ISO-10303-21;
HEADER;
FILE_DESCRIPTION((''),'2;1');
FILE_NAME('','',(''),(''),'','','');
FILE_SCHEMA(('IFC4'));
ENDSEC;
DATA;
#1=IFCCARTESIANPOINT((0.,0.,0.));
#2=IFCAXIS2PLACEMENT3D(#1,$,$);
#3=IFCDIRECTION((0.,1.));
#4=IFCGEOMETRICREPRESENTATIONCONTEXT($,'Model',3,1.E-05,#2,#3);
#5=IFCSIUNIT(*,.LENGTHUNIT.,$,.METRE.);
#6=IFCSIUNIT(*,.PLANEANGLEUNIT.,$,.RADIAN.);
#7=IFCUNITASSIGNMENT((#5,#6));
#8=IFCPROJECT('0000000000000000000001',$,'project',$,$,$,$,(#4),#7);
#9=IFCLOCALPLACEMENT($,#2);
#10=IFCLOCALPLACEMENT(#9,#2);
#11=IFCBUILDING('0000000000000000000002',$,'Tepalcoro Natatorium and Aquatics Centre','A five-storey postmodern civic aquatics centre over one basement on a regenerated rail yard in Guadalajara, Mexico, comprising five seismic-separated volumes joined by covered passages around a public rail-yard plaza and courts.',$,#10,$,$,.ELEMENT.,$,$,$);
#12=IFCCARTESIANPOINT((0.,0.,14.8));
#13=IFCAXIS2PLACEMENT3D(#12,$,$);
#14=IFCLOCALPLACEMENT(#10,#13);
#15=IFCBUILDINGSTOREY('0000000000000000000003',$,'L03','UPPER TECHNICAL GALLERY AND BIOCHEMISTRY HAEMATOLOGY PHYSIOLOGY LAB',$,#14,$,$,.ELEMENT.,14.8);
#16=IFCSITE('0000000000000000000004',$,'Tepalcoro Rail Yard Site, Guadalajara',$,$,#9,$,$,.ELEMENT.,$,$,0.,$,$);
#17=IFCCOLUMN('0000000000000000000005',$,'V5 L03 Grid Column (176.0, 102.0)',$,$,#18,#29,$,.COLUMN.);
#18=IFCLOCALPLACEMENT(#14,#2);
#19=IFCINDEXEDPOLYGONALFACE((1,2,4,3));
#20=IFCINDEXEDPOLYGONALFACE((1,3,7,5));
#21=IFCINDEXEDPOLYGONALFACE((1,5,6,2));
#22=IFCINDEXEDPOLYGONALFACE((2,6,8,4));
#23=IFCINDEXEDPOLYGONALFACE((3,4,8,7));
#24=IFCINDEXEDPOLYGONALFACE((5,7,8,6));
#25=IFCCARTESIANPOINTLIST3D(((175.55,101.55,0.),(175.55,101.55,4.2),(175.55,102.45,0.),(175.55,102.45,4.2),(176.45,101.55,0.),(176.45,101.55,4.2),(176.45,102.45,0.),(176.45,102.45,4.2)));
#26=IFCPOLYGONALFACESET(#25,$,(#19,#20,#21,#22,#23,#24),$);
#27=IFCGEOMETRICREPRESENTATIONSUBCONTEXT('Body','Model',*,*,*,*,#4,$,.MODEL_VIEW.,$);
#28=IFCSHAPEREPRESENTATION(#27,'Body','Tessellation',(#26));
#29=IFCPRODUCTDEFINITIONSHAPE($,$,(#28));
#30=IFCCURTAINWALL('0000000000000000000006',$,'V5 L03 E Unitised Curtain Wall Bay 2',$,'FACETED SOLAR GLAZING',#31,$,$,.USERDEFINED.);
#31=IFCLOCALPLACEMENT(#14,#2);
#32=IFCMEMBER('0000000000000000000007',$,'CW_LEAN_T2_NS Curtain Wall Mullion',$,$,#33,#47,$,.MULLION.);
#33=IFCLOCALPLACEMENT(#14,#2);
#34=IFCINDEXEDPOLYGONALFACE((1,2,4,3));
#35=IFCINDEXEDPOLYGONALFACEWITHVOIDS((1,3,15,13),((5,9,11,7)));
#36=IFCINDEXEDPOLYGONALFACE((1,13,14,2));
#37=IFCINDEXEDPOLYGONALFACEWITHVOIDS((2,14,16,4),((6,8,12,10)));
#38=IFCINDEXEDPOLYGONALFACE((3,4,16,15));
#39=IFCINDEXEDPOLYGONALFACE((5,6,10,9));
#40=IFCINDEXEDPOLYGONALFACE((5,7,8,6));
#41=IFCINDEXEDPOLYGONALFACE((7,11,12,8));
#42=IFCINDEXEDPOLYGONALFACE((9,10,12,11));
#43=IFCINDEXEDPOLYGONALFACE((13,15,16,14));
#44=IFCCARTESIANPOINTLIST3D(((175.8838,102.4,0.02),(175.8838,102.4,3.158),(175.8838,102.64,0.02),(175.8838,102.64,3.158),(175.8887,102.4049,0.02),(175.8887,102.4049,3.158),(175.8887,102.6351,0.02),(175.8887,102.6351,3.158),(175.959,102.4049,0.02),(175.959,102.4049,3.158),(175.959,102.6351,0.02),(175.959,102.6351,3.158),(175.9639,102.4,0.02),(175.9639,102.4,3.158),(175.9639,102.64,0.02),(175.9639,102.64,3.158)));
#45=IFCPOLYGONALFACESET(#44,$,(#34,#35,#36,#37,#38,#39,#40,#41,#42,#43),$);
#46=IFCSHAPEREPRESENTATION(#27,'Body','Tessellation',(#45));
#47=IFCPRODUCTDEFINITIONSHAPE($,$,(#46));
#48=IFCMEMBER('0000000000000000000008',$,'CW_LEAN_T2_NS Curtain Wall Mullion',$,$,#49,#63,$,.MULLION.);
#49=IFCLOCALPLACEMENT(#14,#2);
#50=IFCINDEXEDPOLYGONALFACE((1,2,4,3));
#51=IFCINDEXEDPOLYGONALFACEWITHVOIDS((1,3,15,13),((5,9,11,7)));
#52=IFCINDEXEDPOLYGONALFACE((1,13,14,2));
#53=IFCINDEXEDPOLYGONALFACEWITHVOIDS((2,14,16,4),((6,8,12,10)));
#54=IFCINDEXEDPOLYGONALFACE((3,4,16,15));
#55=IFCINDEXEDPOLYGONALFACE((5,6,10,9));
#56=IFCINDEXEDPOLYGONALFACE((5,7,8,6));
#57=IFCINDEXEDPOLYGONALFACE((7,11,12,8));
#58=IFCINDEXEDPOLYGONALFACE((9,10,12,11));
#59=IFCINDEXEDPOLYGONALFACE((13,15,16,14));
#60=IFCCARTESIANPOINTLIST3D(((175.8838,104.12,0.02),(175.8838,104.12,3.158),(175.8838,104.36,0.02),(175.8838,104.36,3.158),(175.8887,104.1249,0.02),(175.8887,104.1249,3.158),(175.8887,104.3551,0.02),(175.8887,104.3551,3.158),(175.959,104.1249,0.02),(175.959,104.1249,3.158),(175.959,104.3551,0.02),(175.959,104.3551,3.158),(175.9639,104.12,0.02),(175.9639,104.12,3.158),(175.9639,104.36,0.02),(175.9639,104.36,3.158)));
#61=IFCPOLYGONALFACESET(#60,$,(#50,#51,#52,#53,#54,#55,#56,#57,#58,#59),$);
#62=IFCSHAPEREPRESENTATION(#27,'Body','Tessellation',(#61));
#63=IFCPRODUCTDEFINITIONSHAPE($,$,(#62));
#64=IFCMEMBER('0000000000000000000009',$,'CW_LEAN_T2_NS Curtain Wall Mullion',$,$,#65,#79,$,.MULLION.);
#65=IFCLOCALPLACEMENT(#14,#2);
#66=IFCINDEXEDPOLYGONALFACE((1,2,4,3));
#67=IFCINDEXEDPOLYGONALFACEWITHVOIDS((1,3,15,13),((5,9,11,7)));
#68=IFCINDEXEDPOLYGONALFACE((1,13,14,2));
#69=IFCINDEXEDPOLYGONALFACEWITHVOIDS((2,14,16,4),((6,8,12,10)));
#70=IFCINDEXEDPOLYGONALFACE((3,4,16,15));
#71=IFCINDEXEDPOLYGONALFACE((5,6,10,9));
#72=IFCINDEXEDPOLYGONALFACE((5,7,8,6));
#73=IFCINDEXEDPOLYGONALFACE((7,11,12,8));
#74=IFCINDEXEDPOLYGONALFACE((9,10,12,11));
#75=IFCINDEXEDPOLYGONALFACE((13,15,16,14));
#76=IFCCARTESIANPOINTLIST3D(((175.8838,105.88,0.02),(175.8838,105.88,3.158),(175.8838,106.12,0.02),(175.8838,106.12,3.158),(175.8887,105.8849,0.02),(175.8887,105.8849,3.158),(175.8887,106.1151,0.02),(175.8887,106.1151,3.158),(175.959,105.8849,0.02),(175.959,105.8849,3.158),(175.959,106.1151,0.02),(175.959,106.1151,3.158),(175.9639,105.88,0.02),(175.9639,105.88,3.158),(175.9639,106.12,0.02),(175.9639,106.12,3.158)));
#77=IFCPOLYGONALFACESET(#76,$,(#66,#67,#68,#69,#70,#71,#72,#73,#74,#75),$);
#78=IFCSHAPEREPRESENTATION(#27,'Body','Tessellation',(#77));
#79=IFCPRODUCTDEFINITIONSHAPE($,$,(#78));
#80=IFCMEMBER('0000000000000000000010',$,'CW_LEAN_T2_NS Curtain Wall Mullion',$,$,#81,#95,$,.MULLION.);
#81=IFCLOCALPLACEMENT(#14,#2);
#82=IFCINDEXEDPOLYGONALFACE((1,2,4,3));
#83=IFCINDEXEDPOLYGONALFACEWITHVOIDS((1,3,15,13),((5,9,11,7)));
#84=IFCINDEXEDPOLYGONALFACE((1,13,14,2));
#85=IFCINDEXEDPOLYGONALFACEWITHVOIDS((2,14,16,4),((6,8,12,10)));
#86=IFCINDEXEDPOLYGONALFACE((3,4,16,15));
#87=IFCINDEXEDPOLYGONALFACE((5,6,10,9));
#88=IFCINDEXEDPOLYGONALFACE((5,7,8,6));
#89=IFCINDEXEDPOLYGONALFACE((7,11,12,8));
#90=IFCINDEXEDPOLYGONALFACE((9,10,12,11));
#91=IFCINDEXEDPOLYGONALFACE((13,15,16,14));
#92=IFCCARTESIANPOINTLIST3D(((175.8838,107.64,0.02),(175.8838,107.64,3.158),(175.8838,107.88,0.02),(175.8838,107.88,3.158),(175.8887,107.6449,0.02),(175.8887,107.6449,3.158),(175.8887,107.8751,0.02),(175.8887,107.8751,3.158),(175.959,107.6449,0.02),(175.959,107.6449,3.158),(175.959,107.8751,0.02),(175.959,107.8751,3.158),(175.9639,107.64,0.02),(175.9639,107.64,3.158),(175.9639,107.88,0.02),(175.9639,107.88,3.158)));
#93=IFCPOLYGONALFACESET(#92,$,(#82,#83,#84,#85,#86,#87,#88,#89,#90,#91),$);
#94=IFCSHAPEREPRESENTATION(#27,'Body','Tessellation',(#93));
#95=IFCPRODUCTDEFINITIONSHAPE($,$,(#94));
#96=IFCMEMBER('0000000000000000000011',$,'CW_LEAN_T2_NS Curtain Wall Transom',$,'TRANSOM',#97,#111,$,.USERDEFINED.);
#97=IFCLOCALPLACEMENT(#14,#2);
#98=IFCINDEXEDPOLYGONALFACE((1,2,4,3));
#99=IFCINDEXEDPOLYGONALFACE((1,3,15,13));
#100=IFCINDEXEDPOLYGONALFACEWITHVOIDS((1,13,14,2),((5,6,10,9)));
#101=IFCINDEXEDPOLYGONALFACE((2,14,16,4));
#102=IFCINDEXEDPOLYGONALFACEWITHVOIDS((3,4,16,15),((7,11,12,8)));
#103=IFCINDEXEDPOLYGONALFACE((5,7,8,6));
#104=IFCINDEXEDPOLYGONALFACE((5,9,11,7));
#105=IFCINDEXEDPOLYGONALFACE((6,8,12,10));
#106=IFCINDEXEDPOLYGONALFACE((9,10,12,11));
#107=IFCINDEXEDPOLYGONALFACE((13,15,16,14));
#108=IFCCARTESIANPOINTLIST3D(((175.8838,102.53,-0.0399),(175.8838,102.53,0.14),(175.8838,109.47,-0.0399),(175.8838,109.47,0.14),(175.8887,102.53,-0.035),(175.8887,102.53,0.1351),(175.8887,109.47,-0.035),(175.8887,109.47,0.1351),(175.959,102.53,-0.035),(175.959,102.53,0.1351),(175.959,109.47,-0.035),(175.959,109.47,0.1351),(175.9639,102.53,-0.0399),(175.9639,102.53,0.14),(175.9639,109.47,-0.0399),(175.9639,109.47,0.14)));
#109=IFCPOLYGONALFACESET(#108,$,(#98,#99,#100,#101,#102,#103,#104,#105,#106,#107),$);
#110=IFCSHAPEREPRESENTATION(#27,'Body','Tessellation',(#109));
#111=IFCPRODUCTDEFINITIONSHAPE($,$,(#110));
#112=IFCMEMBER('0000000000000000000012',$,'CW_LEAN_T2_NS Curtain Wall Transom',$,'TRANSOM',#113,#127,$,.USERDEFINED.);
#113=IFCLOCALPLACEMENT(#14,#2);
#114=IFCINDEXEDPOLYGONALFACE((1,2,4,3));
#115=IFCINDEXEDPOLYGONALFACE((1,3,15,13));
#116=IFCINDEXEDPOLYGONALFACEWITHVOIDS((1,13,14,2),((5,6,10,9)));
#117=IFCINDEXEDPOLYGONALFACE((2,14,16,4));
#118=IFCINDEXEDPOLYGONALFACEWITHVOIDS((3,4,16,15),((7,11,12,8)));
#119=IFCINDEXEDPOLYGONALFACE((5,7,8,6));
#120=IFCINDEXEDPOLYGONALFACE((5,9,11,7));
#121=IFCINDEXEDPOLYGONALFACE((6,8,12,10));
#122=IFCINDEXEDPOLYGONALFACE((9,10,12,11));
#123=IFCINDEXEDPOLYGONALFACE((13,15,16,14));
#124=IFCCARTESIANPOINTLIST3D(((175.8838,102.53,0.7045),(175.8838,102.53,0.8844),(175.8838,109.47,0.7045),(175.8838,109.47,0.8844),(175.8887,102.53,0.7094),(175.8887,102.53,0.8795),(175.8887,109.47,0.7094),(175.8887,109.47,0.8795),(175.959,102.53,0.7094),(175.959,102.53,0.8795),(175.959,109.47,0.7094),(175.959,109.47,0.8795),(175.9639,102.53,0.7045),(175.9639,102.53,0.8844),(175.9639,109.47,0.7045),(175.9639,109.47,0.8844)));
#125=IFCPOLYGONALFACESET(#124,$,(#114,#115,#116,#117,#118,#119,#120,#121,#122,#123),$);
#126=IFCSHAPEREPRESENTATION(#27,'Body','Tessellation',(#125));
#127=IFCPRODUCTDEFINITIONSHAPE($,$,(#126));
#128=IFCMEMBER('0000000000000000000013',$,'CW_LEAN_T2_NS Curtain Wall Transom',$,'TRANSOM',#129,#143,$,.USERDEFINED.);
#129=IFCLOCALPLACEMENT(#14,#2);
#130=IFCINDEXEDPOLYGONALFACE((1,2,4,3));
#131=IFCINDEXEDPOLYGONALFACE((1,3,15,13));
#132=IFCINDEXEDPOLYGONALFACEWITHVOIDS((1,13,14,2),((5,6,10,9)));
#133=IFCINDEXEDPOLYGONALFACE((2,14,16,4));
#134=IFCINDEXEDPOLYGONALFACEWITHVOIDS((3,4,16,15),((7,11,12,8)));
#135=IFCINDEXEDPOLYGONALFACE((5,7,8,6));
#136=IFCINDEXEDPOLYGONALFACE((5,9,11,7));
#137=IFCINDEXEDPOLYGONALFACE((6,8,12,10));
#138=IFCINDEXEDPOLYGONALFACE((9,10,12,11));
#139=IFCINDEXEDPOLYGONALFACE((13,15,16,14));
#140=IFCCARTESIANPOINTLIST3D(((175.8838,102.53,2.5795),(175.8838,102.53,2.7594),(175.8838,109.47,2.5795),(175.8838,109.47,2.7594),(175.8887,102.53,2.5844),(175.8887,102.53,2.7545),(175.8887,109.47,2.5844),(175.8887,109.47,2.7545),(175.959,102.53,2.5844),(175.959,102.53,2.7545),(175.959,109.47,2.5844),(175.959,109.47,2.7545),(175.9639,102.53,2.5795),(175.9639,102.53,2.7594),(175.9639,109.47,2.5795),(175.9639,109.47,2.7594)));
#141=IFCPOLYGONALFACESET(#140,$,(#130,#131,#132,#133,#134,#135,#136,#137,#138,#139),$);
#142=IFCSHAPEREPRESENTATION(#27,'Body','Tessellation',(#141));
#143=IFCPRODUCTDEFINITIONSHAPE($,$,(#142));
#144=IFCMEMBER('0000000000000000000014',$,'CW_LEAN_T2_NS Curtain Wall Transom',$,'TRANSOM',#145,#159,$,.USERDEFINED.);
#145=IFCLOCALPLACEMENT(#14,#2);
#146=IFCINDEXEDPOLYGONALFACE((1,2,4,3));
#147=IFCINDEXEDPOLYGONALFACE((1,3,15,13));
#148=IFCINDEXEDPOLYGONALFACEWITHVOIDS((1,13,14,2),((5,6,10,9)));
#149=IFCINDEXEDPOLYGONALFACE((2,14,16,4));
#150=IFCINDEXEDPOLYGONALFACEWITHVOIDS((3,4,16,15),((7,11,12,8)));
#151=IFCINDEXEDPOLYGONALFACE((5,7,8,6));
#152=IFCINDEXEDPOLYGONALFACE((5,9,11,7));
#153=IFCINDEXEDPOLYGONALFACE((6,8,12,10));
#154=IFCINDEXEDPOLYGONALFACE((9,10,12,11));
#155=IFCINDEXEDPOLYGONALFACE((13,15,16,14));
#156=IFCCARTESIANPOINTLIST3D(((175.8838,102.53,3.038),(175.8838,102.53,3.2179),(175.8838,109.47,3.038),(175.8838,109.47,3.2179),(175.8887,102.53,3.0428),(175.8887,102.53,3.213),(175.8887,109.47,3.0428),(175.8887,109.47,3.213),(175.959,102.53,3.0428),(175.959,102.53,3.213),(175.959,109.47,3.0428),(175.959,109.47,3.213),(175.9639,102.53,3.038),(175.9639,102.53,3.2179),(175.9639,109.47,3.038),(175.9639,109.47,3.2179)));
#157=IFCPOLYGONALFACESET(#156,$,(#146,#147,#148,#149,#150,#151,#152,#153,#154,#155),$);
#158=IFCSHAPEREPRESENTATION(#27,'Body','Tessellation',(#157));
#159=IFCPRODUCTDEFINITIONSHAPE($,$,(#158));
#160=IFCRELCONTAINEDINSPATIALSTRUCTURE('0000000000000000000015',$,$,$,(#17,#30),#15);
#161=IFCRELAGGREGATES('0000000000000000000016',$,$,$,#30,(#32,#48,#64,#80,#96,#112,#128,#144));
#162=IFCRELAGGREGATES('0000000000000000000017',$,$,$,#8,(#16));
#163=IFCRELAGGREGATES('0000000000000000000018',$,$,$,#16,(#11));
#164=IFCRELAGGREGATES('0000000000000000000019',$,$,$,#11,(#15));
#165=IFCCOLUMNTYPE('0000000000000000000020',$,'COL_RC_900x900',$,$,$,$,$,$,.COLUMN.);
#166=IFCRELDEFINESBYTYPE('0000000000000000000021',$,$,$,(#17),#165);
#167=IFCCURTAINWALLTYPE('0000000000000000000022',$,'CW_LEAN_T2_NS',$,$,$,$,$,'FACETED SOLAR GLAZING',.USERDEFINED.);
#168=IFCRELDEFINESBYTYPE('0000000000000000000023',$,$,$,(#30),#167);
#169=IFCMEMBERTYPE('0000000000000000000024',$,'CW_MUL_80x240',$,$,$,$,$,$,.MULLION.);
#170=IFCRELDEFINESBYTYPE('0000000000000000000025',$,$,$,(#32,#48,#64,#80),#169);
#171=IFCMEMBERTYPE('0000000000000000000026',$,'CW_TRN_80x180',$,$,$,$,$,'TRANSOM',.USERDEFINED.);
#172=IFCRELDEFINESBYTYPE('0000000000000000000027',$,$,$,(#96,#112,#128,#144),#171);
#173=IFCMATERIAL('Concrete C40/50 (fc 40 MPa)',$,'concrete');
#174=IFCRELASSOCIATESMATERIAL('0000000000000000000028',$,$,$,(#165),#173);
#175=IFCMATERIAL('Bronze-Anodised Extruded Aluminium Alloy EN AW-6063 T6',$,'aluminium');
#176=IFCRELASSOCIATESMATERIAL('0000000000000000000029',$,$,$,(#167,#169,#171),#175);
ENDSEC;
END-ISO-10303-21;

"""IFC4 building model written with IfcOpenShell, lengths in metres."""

from ifc_helpers import new_model, si_unit, direction, frame, origin, origin_2d, place, context, subcontext, project, spatial, rectangle, hollow_rectangle, extrude, material, material_profile, profile_set, type_object, element, aggregate, save


model = new_model("IFC4")

# Units and contexts
model_context = context("Model", 3, precision=1e-05, world=origin(), true_north=direction((0.0, 1.0)))
body_context = subcontext(model_context, "Body", "Model", "MODEL_VIEW")
ifc_project = project(units=[si_unit("LENGTHUNIT", "METRE"), si_unit("PLANEANGLEUNIT", "RADIAN")], contexts=[model_context])

# Site, building, storey
site_placement = place(None, origin())
site = spatial("IfcSite", under=ifc_project, at=site_placement, Name="Tepalcoro Rail Yard Site, Guadalajara", CompositionType="ELEMENT", RefElevation=0.0)
building_placement = place(site_placement, origin())
building = spatial("IfcBuilding", under=site, at=building_placement, Name="Tepalcoro Natatorium and Aquatics Centre", Description="A five-storey postmodern civic aquatics centre over one basement on a regenerated rail yard in Guadalajara, Mexico, comprising five seismic-separated volumes joined by covered passages around a public rail-yard plaza and courts.", CompositionType="ELEMENT")
storey_placement = place(building_placement, frame((0.0, 0.0, 14.8)))
storey = spatial("IfcBuildingStorey", under=building, at=storey_placement, Name="L03", Description="UPPER TECHNICAL GALLERY AND BIOCHEMISTRY HAEMATOLOGY PHYSIOLOGY LAB", CompositionType="ELEMENT", Elevation=14.8)

# Column
ifc_material_1 = material(Name="Concrete C40/50 (fc 40 MPa)", Category="concrete")
ifc_material_profile_1 = material_profile(ifc_material_1, rectangle(XDim=0.8999, YDim=0.8999, at=origin_2d()), Name="RC900x900")
ifc_profile_set_1 = profile_set([ifc_material_profile_1], Name="Concrete C40/50 (fc 40 MPa)")
column_type = type_object("IfcColumnType", Name="COL_RC_900x900", PredefinedType="COLUMN", material=ifc_profile_set_1)
column_placement = place(storey_placement, frame((176.0, 102.0, 0.0), z_axis=(0.0, 0.0, 1.0), x_axis=(1.0, 0.0, 0.0)))
element("IfcColumn", 1, at=column_placement, inside=storey, type_object=column_type, Name="V5 L03 Grid Column (176.0, 102.0)", PredefinedType="COLUMN", context=body_context, shape_type="SweptSolid", body=[
    extrude(rectangle(XDim=0.8999, YDim=0.8999, at=origin_2d()), origin(), (0.0, 0.0, 1.0), 4.2),
])

# Curtain wall, members
ifc_material_2 = material(Name="Bronze-Anodised Extruded Aluminium Alloy EN AW-6063 T6", Category="aluminium")
curtain_wall_type = type_object("IfcCurtainWallType", Name="CW_LEAN_T2_NS", ElementType="FACETED SOLAR GLAZING", PredefinedType="USERDEFINED", material=ifc_material_2)
curtain_wall_placement = place(storey_placement, origin())
curtain_wall = element("IfcCurtainWall", 2, at=curtain_wall_placement, inside=storey, type_object=curtain_wall_type, Name="V5 L03 E Unitised Curtain Wall Bay 2", ObjectType="FACETED SOLAR GLAZING", PredefinedType="USERDEFINED")
ifc_material_profile_2 = material_profile(ifc_material_2, hollow_rectangle(XDim=0.0801, YDim=0.24, WallThickness=0.0049, at=origin_2d()), Name="AL80X240X5")
ifc_profile_set_2 = profile_set([ifc_material_profile_2], Name="Bronze-Anodised Extruded Aluminium Alloy EN AW-6063 T6")
member_type_1 = type_object("IfcMemberType", Name="CW_MUL_80x240", PredefinedType="MULLION", material=ifc_profile_set_2)
member_1_placement = place(storey_placement, frame((175.9238, 102.52, 0.02), z_axis=(0.0, 0.0, 1.0), x_axis=(1.0, 0.0, 0.0)))
member_1 = element("IfcMember", 3, at=member_1_placement, type_object=member_type_1, Name="CW_LEAN_T2_NS Curtain Wall Mullion", PredefinedType="MULLION", context=body_context, shape_type="SweptSolid", body=[
    extrude(hollow_rectangle(XDim=0.0801, YDim=0.24, WallThickness=0.0049, at=origin_2d()), origin(), (0.0, 0.0, 1.0), 3.1379),
])
member_2_placement = place(storey_placement, frame((175.9238, 104.24, 0.02), z_axis=(0.0, 0.0, 1.0), x_axis=(1.0, 0.0, 0.0)))
member_2 = element("IfcMember", 4, at=member_2_placement, type_object=member_type_1, Name="CW_LEAN_T2_NS Curtain Wall Mullion", PredefinedType="MULLION", context=body_context, shape_type="SweptSolid", body=[
    extrude(hollow_rectangle(XDim=0.0801, YDim=0.24, WallThickness=0.0049, at=origin_2d()), origin(), (0.0, 0.0, 1.0), 3.1379),
])
member_3_placement = place(storey_placement, frame((175.9238, 106.0, 0.02), z_axis=(0.0, 0.0, 1.0), x_axis=(1.0, 0.0, 0.0)))
member_3 = element("IfcMember", 5, at=member_3_placement, type_object=member_type_1, Name="CW_LEAN_T2_NS Curtain Wall Mullion", PredefinedType="MULLION", context=body_context, shape_type="SweptSolid", body=[
    extrude(hollow_rectangle(XDim=0.0801, YDim=0.24, WallThickness=0.0049, at=origin_2d()), origin(), (0.0, 0.0, 1.0), 3.1379),
])
member_4_placement = place(storey_placement, frame((175.9238, 107.76, 0.02), z_axis=(0.0, 0.0, 1.0), x_axis=(1.0, 0.0, 0.0)))
member_4 = element("IfcMember", 6, at=member_4_placement, type_object=member_type_1, Name="CW_LEAN_T2_NS Curtain Wall Mullion", PredefinedType="MULLION", context=body_context, shape_type="SweptSolid", body=[
    extrude(hollow_rectangle(XDim=0.0801, YDim=0.24, WallThickness=0.0049, at=origin_2d()), origin(), (0.0, 0.0, 1.0), 3.1379),
])
ifc_material_profile_3 = material_profile(ifc_material_2, hollow_rectangle(XDim=0.0801, YDim=0.1799, WallThickness=0.0049, at=origin_2d()), Name="AL80X180X5")
ifc_profile_set_3 = profile_set([ifc_material_profile_3], Name="Bronze-Anodised Extruded Aluminium Alloy EN AW-6063 T6")
member_type_2 = type_object("IfcMemberType", Name="CW_TRN_80x180", ElementType="TRANSOM", PredefinedType="USERDEFINED", material=ifc_profile_set_3)
member_5_placement = place(storey_placement, frame((175.9238, 102.53, 0.05), z_axis=(0.0, 1.0, 0.0), x_axis=(-1.0, 0.0, 0.0)))
member_5 = element("IfcMember", 7, at=member_5_placement, type_object=member_type_2, Name="CW_LEAN_T2_NS Curtain Wall Transom", ObjectType="TRANSOM", PredefinedType="USERDEFINED", context=body_context, shape_type="SweptSolid", body=[
    extrude(hollow_rectangle(XDim=0.0801, YDim=0.1799, WallThickness=0.0049, at=origin_2d()), origin(), (0.0, 0.0, 1.0), 6.9399),
])
member_6_placement = place(storey_placement, frame((175.9238, 102.53, 0.7944), z_axis=(0.0, 1.0, 0.0), x_axis=(-1.0, 0.0, 0.0)))
member_6 = element("IfcMember", 8, at=member_6_placement, type_object=member_type_2, Name="CW_LEAN_T2_NS Curtain Wall Transom", ObjectType="TRANSOM", PredefinedType="USERDEFINED", context=body_context, shape_type="SweptSolid", body=[
    extrude(hollow_rectangle(XDim=0.0801, YDim=0.1799, WallThickness=0.0049, at=origin_2d()), origin(), (0.0, 0.0, 1.0), 6.9399),
])
member_7_placement = place(storey_placement, frame((175.9238, 102.53, 2.6694), z_axis=(0.0, 1.0, 0.0), x_axis=(-1.0, 0.0, 0.0)))
member_7 = element("IfcMember", 9, at=member_7_placement, type_object=member_type_2, Name="CW_LEAN_T2_NS Curtain Wall Transom", ObjectType="TRANSOM", PredefinedType="USERDEFINED", context=body_context, shape_type="SweptSolid", body=[
    extrude(hollow_rectangle(XDim=0.0801, YDim=0.1799, WallThickness=0.0049, at=origin_2d()), origin(), (0.0, 0.0, 1.0), 6.9399),
])
member_8_placement = place(storey_placement, frame((175.9238, 102.53, 3.1279), z_axis=(0.0, 1.0, 0.0), x_axis=(-1.0, 0.0, 0.0)))
member_8 = element("IfcMember", 10, at=member_8_placement, type_object=member_type_2, Name="CW_LEAN_T2_NS Curtain Wall Transom", ObjectType="TRANSOM", PredefinedType="USERDEFINED", context=body_context, shape_type="SweptSolid", body=[
    extrude(hollow_rectangle(XDim=0.0801, YDim=0.1799, WallThickness=0.0049, at=origin_2d()), origin(), (0.0, 0.0, 1.0), 6.9399),
])

aggregate(curtain_wall, [member_1, member_2, member_3, member_4, member_5, member_6, member_7, member_8])

save(model, "model.ifc")
